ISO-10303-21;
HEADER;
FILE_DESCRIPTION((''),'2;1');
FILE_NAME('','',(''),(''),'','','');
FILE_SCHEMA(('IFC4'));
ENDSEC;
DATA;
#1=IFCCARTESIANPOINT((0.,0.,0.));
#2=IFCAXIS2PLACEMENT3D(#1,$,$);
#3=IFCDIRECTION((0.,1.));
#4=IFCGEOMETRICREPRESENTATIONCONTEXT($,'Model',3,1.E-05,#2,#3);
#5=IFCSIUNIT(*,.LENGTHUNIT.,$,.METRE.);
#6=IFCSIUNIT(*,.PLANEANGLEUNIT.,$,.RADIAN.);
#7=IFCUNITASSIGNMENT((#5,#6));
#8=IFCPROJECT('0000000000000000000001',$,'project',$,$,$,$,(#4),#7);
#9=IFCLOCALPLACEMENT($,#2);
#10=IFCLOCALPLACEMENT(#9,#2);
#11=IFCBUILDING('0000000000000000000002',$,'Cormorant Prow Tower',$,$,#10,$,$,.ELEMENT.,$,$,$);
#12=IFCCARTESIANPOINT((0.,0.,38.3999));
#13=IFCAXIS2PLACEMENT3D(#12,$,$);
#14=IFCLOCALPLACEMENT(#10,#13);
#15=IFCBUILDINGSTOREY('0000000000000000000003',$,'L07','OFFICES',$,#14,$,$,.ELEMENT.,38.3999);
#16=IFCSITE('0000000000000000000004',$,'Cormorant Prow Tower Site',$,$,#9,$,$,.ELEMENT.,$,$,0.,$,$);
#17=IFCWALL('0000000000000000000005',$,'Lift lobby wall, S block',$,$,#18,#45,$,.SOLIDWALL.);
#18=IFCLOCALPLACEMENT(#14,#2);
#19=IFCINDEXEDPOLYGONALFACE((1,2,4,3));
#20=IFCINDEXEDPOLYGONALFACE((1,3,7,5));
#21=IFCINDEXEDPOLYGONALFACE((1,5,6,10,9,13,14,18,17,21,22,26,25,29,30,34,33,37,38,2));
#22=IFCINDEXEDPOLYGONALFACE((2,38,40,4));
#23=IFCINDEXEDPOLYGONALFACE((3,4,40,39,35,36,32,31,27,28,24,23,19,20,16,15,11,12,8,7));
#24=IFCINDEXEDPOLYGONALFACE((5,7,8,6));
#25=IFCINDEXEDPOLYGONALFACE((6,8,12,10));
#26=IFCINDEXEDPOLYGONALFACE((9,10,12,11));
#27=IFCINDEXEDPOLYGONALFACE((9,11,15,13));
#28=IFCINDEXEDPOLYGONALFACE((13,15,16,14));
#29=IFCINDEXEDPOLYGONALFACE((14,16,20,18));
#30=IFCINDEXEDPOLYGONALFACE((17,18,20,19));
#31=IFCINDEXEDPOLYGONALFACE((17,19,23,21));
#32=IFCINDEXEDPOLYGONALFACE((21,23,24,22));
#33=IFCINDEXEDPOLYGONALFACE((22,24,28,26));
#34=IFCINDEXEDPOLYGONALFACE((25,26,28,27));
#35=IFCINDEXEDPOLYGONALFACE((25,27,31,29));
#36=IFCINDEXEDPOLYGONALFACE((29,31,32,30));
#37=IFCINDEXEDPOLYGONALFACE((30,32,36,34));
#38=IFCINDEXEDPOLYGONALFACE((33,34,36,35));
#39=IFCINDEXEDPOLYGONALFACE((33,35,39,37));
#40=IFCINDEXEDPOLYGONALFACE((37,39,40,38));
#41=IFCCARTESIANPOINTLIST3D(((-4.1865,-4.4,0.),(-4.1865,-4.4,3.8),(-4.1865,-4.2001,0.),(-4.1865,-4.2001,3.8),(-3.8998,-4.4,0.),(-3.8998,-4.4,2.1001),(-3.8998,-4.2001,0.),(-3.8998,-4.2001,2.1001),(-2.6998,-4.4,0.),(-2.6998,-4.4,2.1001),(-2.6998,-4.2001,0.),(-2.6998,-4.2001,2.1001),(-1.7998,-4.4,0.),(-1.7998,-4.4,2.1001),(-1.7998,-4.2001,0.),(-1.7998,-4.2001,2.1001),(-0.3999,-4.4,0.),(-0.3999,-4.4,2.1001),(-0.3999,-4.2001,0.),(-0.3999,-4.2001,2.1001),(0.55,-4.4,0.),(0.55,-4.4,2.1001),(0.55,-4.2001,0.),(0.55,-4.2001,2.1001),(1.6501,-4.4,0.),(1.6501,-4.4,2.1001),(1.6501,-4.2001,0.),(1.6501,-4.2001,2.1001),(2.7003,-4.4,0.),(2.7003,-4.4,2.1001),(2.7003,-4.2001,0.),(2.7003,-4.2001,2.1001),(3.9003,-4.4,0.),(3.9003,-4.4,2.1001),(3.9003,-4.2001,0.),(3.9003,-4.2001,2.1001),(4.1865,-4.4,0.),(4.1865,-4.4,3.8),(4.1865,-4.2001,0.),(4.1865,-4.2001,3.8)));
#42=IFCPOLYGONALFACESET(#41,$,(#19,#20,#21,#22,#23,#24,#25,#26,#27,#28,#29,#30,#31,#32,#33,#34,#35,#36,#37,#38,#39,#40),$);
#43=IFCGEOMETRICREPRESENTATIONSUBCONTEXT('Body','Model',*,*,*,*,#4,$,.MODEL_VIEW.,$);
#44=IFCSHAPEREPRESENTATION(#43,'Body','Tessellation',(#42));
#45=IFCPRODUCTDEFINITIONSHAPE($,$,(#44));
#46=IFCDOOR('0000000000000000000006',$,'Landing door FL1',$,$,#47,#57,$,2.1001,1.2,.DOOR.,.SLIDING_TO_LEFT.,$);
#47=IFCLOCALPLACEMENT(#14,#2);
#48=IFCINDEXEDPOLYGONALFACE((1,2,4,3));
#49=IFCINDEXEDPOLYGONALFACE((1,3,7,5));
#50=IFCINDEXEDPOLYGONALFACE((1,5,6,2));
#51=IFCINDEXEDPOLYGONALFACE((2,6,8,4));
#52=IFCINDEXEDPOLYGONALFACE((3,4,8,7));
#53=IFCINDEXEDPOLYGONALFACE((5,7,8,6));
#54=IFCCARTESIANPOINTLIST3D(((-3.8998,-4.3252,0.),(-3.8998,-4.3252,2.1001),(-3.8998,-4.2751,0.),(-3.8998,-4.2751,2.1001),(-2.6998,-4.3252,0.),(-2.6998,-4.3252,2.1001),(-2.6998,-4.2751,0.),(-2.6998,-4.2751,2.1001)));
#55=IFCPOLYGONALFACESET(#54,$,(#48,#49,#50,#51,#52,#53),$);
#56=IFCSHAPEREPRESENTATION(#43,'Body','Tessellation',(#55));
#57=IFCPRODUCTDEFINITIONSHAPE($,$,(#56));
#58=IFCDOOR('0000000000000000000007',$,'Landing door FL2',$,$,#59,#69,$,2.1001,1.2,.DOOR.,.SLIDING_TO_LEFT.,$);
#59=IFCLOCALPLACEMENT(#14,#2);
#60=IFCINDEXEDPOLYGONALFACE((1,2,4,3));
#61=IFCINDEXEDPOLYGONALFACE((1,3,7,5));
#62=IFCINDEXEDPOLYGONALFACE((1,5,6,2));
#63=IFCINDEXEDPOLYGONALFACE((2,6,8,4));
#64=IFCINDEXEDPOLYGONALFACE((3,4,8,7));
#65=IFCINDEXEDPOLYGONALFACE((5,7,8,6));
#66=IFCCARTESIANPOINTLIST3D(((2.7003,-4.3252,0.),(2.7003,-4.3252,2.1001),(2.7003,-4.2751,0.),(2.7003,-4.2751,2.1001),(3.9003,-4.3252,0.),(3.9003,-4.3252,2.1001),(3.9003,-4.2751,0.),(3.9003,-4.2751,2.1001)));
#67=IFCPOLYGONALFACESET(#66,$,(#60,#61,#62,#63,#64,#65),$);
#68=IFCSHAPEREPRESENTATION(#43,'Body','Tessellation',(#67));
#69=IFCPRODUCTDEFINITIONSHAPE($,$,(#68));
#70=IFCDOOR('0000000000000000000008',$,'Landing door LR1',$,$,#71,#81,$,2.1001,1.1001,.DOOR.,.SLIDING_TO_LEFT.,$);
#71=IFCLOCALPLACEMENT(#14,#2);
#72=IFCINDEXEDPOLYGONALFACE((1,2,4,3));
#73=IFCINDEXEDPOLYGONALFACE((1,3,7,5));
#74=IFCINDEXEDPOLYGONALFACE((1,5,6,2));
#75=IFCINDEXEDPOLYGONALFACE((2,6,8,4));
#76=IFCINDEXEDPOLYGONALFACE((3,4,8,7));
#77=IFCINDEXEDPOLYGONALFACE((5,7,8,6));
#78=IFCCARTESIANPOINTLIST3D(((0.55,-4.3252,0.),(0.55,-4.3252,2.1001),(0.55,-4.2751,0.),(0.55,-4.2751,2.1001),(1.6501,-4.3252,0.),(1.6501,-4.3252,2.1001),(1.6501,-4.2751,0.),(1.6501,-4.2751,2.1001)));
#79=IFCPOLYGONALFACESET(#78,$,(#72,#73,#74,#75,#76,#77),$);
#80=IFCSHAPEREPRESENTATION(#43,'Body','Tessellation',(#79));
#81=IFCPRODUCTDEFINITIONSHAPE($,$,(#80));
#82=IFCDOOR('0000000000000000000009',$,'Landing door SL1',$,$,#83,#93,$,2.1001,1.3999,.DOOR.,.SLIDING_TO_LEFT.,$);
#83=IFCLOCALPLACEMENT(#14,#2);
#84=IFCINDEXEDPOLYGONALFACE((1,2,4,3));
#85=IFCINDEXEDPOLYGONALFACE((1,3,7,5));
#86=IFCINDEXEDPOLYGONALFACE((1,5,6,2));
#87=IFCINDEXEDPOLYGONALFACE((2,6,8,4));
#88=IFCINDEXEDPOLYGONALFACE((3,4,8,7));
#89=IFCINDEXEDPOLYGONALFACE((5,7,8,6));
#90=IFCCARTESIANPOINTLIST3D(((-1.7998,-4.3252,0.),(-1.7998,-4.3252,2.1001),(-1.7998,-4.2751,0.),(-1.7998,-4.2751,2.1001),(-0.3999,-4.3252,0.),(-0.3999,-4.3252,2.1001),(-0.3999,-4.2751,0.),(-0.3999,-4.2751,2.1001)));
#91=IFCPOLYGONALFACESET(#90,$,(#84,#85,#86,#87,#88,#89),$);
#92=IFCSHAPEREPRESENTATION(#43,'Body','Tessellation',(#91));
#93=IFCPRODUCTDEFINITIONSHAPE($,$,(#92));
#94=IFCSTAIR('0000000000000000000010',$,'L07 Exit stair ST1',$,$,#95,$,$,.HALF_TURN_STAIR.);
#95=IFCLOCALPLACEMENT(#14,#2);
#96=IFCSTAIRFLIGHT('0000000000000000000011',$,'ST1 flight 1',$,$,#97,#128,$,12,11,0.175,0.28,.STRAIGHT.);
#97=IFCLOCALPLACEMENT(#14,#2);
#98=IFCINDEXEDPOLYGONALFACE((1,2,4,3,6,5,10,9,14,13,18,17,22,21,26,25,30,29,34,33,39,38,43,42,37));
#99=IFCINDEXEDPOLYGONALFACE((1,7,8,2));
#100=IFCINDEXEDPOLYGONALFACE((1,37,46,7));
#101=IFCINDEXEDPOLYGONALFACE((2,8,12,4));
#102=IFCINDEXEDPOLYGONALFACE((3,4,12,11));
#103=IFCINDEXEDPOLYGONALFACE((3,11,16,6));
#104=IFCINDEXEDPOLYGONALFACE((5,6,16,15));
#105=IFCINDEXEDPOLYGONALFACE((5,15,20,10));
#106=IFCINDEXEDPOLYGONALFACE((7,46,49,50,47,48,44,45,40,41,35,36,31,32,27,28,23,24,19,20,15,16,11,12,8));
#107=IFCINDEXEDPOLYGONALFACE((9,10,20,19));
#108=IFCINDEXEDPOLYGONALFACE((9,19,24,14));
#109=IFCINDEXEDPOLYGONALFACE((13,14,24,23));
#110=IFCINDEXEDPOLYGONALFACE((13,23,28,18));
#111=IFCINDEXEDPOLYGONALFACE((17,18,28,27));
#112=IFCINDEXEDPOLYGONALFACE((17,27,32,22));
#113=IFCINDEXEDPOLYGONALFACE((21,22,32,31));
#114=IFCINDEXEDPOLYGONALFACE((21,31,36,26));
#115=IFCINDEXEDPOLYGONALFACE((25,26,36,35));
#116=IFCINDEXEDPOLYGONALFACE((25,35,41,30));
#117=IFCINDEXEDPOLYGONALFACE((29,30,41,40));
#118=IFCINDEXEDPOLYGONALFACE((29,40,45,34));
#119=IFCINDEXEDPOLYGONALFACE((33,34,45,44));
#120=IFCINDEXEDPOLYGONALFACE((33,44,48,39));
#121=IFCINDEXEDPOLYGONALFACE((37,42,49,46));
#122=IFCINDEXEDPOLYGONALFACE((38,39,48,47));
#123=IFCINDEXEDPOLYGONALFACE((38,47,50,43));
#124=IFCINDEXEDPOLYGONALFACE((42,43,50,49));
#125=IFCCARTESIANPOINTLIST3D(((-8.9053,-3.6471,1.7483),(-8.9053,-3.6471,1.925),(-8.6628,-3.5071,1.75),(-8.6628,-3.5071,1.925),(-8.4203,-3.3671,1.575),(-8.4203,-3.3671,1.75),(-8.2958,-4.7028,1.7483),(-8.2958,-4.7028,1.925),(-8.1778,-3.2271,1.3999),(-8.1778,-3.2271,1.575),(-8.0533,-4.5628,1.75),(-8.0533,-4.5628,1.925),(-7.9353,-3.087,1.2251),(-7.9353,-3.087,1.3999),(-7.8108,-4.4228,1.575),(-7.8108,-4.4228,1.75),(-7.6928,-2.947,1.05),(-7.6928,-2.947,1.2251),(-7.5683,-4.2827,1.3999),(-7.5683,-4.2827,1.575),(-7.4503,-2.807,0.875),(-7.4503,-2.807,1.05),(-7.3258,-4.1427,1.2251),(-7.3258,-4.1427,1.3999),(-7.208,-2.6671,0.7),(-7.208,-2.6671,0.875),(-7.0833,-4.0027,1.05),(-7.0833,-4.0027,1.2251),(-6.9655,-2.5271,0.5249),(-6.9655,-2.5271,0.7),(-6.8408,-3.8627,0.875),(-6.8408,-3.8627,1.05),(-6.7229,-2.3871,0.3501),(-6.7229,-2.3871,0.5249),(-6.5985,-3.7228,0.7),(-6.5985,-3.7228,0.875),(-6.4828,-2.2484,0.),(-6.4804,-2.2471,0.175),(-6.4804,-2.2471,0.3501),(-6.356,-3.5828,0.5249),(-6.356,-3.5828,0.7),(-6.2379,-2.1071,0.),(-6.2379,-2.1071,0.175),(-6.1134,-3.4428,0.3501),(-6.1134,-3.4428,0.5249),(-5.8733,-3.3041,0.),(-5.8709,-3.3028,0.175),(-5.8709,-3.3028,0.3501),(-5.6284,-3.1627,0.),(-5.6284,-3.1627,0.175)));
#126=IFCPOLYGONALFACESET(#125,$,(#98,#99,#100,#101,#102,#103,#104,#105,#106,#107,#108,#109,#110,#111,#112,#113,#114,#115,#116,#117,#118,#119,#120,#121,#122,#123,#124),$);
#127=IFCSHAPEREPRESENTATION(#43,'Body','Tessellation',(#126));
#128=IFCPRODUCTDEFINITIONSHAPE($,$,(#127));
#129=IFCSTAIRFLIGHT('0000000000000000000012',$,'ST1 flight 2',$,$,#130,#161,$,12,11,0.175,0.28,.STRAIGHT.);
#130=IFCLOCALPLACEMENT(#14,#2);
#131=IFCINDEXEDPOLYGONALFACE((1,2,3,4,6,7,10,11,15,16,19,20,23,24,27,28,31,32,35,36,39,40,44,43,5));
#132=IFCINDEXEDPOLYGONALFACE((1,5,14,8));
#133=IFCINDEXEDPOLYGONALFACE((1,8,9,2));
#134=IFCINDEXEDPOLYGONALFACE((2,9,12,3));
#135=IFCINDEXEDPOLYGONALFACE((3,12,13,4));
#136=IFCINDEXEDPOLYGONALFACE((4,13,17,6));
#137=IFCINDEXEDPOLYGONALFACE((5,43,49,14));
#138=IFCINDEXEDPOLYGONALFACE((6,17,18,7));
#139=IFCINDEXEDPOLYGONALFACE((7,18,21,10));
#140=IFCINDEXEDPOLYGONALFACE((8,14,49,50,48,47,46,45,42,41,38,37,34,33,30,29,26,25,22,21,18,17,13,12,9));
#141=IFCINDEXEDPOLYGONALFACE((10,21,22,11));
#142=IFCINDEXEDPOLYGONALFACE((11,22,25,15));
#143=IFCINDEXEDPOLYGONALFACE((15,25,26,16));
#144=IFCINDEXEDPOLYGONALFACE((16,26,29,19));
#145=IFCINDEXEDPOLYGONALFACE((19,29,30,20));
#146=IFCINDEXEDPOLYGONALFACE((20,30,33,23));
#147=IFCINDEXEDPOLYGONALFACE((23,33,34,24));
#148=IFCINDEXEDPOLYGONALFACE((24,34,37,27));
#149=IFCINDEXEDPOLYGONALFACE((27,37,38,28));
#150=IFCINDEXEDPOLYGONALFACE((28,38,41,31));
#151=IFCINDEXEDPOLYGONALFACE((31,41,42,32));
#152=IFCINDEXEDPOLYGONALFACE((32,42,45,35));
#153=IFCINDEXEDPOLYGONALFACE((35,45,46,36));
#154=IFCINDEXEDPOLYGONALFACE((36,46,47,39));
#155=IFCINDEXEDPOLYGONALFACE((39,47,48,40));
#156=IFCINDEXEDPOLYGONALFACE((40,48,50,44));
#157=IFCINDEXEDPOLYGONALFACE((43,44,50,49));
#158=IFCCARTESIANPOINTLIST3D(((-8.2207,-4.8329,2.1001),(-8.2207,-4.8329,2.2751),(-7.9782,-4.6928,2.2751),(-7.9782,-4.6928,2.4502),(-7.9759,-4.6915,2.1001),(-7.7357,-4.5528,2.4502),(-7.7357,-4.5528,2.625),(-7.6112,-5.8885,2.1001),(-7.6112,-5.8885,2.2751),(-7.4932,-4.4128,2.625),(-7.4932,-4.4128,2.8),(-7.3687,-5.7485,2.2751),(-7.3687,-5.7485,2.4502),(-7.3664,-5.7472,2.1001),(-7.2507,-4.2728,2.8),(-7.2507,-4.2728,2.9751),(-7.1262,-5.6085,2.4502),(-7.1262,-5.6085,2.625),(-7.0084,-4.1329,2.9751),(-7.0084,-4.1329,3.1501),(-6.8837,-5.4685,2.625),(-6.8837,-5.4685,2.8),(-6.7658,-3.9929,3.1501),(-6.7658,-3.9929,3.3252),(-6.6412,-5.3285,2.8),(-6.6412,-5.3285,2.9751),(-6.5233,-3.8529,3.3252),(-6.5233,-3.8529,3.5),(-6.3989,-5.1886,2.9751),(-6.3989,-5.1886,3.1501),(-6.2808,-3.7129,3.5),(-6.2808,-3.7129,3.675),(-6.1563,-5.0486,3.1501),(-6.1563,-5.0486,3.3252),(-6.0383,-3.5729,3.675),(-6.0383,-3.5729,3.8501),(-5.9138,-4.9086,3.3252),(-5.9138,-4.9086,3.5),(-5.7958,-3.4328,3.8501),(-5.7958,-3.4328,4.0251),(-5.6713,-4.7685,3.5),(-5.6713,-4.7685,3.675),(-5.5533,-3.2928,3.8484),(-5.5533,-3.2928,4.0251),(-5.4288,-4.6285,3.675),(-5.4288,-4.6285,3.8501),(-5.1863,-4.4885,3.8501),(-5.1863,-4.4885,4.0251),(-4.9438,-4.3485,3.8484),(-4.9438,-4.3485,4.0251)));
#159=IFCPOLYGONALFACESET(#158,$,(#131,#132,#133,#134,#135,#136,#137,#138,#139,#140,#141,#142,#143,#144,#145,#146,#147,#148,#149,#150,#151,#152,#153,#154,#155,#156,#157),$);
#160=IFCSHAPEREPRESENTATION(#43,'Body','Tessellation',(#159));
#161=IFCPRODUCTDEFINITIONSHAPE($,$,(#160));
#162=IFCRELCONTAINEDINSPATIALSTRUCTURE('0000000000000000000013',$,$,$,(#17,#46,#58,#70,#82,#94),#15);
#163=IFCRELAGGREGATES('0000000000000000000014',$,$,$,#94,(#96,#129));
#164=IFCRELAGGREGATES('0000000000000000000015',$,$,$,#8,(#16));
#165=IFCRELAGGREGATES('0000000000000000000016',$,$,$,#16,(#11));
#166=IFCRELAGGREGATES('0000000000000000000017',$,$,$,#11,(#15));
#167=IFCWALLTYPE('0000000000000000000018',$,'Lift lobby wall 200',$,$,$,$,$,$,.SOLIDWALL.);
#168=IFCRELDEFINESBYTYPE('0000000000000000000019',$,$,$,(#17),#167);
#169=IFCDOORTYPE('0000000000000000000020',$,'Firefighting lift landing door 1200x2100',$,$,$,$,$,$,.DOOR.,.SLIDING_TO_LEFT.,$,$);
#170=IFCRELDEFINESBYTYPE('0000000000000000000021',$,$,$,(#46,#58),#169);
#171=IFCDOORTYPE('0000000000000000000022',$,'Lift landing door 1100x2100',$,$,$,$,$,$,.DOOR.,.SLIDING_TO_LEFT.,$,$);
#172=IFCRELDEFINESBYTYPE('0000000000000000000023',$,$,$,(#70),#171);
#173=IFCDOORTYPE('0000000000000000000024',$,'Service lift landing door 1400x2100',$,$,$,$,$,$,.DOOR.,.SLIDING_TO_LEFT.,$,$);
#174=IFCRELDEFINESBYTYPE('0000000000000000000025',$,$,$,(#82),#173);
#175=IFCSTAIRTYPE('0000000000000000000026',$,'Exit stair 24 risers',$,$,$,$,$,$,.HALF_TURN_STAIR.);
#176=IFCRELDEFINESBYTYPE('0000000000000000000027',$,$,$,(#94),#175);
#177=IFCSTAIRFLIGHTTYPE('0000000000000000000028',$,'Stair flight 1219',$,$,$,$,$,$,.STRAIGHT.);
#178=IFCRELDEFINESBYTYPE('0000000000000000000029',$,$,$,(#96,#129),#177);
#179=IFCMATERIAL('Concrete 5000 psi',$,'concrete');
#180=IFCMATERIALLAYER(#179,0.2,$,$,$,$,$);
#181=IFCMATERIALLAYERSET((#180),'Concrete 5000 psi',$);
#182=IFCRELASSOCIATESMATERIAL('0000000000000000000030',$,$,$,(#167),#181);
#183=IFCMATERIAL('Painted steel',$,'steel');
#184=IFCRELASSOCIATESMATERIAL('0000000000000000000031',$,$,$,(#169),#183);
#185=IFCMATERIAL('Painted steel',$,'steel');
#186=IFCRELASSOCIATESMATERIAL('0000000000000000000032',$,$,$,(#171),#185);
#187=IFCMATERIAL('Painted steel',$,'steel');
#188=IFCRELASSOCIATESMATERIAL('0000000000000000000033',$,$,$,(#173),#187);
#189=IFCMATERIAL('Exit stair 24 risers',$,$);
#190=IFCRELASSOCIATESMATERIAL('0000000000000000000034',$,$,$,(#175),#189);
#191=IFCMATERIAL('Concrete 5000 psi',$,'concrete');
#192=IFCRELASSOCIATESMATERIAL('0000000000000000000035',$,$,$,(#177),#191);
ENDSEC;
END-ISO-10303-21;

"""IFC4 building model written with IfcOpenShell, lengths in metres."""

from ifc_helpers import new_model, si_unit, direction, frame, frame_2d, origin, place, context, subcontext, project, spatial, polyline, rectangle, outline, extrude, material, layer, layer_set, type_object, element, fill, aggregate, save


model = new_model("IFC4")

# Units and contexts
model_context = context("Model", 3, precision=1e-05, world=origin(), true_north=direction((0.0, 1.0)))
body_context = subcontext(model_context, "Body", "Model", "MODEL_VIEW")
ifc_project = project(units=[si_unit("LENGTHUNIT", "METRE"), si_unit("PLANEANGLEUNIT", "RADIAN")], contexts=[model_context])

# Site, building, storey
site_placement = place(None, origin())
site = spatial("IfcSite", under=ifc_project, at=site_placement, Name="Cormorant Prow Tower Site", CompositionType="ELEMENT", RefElevation=0.0)
building_placement = place(site_placement, origin())
building = spatial("IfcBuilding", under=site, at=building_placement, Name="Cormorant Prow Tower", CompositionType="ELEMENT")
storey_placement = place(building_placement, frame((0.0, 0.0, 38.3999)))
storey = spatial("IfcBuildingStorey", under=building, at=storey_placement, Name="L07", Description="OFFICES", CompositionType="ELEMENT", Elevation=38.3999)

# Wall, openings, doors
ifc_material_1 = material(Name="Concrete 5000 psi", Category="concrete")
ifc_layer_1 = layer(ifc_material_1, 0.2)
ifc_layer_set_1 = layer_set([ifc_layer_1], Name="Concrete 5000 psi")
wall_type_1 = type_object("IfcWallType", Name="Lift lobby wall 200", PredefinedType="SOLIDWALL", material=ifc_layer_set_1)
wall_1_placement = place(storey_placement, frame((-4.1865, -4.3, 0.0), z_axis=(0.0, 0.0, 1.0), x_axis=(1.0, 0.0, 0.0)))
wall_1 = element("IfcWall", 1, at=wall_1_placement, inside=storey, type_object=wall_type_1, Name="Lift lobby wall, S block", PredefinedType="SOLIDWALL", context=body_context, shape_type="SweptSolid", body=[
    extrude(rectangle(XDim=8.373, YDim=0.2, at=frame_2d((4.1865, 0.0))), origin(), (0.0, 0.0, 1.0), 3.8),
])
opening_1_placement = place(wall_1_placement, frame((0.2866, 0.0, 0.0)))
opening_1 = element("IfcOpeningElement", 2, at=opening_1_placement, cuts=wall_1, PredefinedType="OPENING", context=body_context, shape_type="SweptSolid", body=[
    extrude(rectangle(XDim=1.2, YDim=2.1001, at=frame_2d((0.6001, 1.05))), frame((0.0, 0.1099, 0.0), z_axis=(0.0, -1.0, 0.0), x_axis=(1.0, 0.0, 0.0)), (0.0, 0.0, 1.0), 0.22),
])
opening_2_placement = place(wall_1_placement, frame((2.3867, 0.0, 0.0)))
opening_2 = element("IfcOpeningElement", 3, at=opening_2_placement, cuts=wall_1, PredefinedType="OPENING", context=body_context, shape_type="SweptSolid", body=[
    extrude(rectangle(XDim=1.3999, YDim=2.1001, at=frame_2d((0.7, 1.05))), frame((0.0, 0.1099, 0.0), z_axis=(0.0, -1.0, 0.0), x_axis=(1.0, 0.0, 0.0)), (0.0, 0.0, 1.0), 0.22),
])
opening_3_placement = place(wall_1_placement, frame((4.7366, 0.0, 0.0)))
opening_3 = element("IfcOpeningElement", 4, at=opening_3_placement, cuts=wall_1, PredefinedType="OPENING", context=body_context, shape_type="SweptSolid", body=[
    extrude(rectangle(XDim=1.1001, YDim=2.1001, at=frame_2d((0.55, 1.05))), frame((0.0, 0.1099, 0.0), z_axis=(0.0, -1.0, 0.0), x_axis=(1.0, 0.0, 0.0)), (0.0, 0.0, 1.0), 0.22),
])
opening_4_placement = place(wall_1_placement, frame((6.8867, 0.0, 0.0)))
opening_4 = element("IfcOpeningElement", 5, at=opening_4_placement, cuts=wall_1, PredefinedType="OPENING", context=body_context, shape_type="SweptSolid", body=[
    extrude(rectangle(XDim=1.2, YDim=2.1001, at=frame_2d((0.6001, 1.05))), frame((0.0, 0.1099, 0.0), z_axis=(0.0, -1.0, 0.0), x_axis=(1.0, 0.0, 0.0)), (0.0, 0.0, 1.0), 0.22),
])
ifc_material_2 = material(Name="Painted steel", Category="steel")
door_type_1 = type_object("IfcDoorType", Name="Firefighting lift landing door 1200x2100", OperationType="SLIDING_TO_LEFT", PredefinedType="DOOR", material=ifc_material_2)
door_1_placement = place(opening_1_placement, origin())
door_1 = element("IfcDoor", 6, at=door_1_placement, inside=storey, type_object=door_type_1, Name="Landing door FL1", OperationType="SLIDING_TO_LEFT", OverallHeight=2.1001, OverallWidth=1.2, PredefinedType="DOOR", context=body_context, shape_type="SweptSolid", body=[
    extrude(rectangle(XDim=1.2, YDim=2.1001, at=frame_2d((0.6001, 1.05))), frame((0.0, 0.0249, 0.0), z_axis=(0.0, -1.0, 0.0), x_axis=(1.0, 0.0, 0.0)), (0.0, 0.0, 1.0), 0.05),
])
fill(opening_1, door_1)
door_2_placement = place(opening_4_placement, origin())
door_2 = element("IfcDoor", 7, at=door_2_placement, inside=storey, type_object=door_type_1, Name="Landing door FL2", OperationType="SLIDING_TO_LEFT", OverallHeight=2.1001, OverallWidth=1.2, PredefinedType="DOOR", context=body_context, shape_type="SweptSolid", body=[
    extrude(rectangle(XDim=1.2, YDim=2.1001, at=frame_2d((0.6001, 1.05))), frame((0.0, 0.0249, 0.0), z_axis=(0.0, -1.0, 0.0), x_axis=(1.0, 0.0, 0.0)), (0.0, 0.0, 1.0), 0.05),
])
fill(opening_4, door_2)
ifc_material_3 = material(Name="Painted steel", Category="steel")
door_type_2 = type_object("IfcDoorType", Name="Lift landing door 1100x2100", OperationType="SLIDING_TO_LEFT", PredefinedType="DOOR", material=ifc_material_3)
door_3_placement = place(opening_3_placement, origin())
door_3 = element("IfcDoor", 8, at=door_3_placement, inside=storey, type_object=door_type_2, Name="Landing door LR1", OperationType="SLIDING_TO_LEFT", OverallHeight=2.1001, OverallWidth=1.1001, PredefinedType="DOOR", context=body_context, shape_type="SweptSolid", body=[
    extrude(rectangle(XDim=1.1001, YDim=2.1001, at=frame_2d((0.55, 1.05))), frame((0.0, 0.0249, 0.0), z_axis=(0.0, -1.0, 0.0), x_axis=(1.0, 0.0, 0.0)), (0.0, 0.0, 1.0), 0.05),
])
fill(opening_3, door_3)
ifc_material_4 = material(Name="Painted steel", Category="steel")
door_type_3 = type_object("IfcDoorType", Name="Service lift landing door 1400x2100", OperationType="SLIDING_TO_LEFT", PredefinedType="DOOR", material=ifc_material_4)
door_4_placement = place(opening_2_placement, origin())
door_4 = element("IfcDoor", 9, at=door_4_placement, inside=storey, type_object=door_type_3, Name="Landing door SL1", OperationType="SLIDING_TO_LEFT", OverallHeight=2.1001, OverallWidth=1.3999, PredefinedType="DOOR", context=body_context, shape_type="SweptSolid", body=[
    extrude(rectangle(XDim=1.3999, YDim=2.1001, at=frame_2d((0.7, 1.05))), frame((0.0, 0.0249, 0.0), z_axis=(0.0, -1.0, 0.0), x_axis=(1.0, 0.0, 0.0)), (0.0, 0.0, 1.0), 0.05),
])
fill(opening_2, door_4)

# Stair, stair flights
ifc_material_5 = material(Name="Exit stair 24 risers")
stair_type = type_object("IfcStairType", Name="Exit stair 24 risers", PredefinedType="HALF_TURN_STAIR", material=ifc_material_5)
stair_placement = place(storey_placement, origin())
stair = element("IfcStair", 10, at=stair_placement, inside=storey, type_object=stair_type, Name="L07 Exit stair ST1", PredefinedType="HALF_TURN_STAIR")
ifc_material_6 = material(Name="Concrete 5000 psi", Category="concrete")
stair_flight_type = type_object("IfcStairFlightType", Name="Stair flight 1219", PredefinedType="STRAIGHT", material=ifc_material_6)
stair_flight_1_placement = place(storey_placement, frame((-5.9331, -2.635, 0.0), z_axis=(0.0, 0.0, 1.0), x_axis=(-0.866025, -0.5, 0.0)))
stair_flight_1 = element("IfcStairFlight", 11, at=stair_flight_1_placement, type_object=stair_flight_type, Name="ST1 flight 1", NumberOfRisers=12, NumberOfTreads=11, PredefinedType="STRAIGHT", RiserHeight=0.175, TreadLength=0.28, context=body_context, shape_type="SweptSolid", body=[
    extrude(outline(polyline([(0.0, 0.0), (0.0, 0.175), (0.28, 0.175), (0.28, 0.3501), (0.5601, 0.3501), (0.5601, 0.5249), (0.8401, 0.5249), (0.8401, 0.7), (1.1201, 0.7), (1.1201, 0.875), (1.3999, 0.875), (1.3999, 1.05), (1.6799, 1.05), (1.6799, 1.2251), (1.96, 1.2251), (1.96, 1.3999), (2.24, 1.3999), (2.24, 1.575), (2.52, 1.575), (2.52, 1.75), (2.8, 1.75), (2.8, 1.925), (3.0801, 1.925), (3.0801, 2.1001), (3.0801, 1.7483), (0.2827, 0.0), (0.0, 0.0)])), frame((0.0, 0.6094, 0.0), z_axis=(0.0, -1.0, 0.0), x_axis=(1.0, 0.0, 0.0)), (0.0, 0.0, 1.0), 1.219),
])
stair_flight_2_placement = place(storey_placement, frame((-7.916, -5.3606, 2.1001), z_axis=(0.0, 0.0, 1.0), x_axis=(0.866025, 0.5, 0.0)))
stair_flight_2 = element("IfcStairFlight", 12, at=stair_flight_2_placement, type_object=stair_flight_type, Name="ST1 flight 2", NumberOfRisers=12, NumberOfTreads=11, PredefinedType="STRAIGHT", RiserHeight=0.175, TreadLength=0.28, context=body_context, shape_type="SweptSolid", body=[
    extrude(outline(polyline([(0.0, 0.0), (0.0, 0.175), (0.28, 0.175), (0.28, 0.3501), (0.5601, 0.3501), (0.5601, 0.5249), (0.8401, 0.5249), (0.8401, 0.7), (1.1201, 0.7), (1.1201, 0.875), (1.3999, 0.875), (1.3999, 1.05), (1.6799, 1.05), (1.6799, 1.2251), (1.96, 1.2251), (1.96, 1.3999), (2.24, 1.3999), (2.24, 1.575), (2.52, 1.575), (2.52, 1.75), (2.8, 1.75), (2.8, 1.925), (3.0801, 1.925), (3.0801, 2.1001), (3.0801, 1.7483), (0.2827, 0.0), (0.0, 0.0)])), frame((0.0, 0.6094, 0.0), z_axis=(0.0, -1.0, 0.0), x_axis=(1.0, 0.0, 0.0)), (0.0, 0.0, 1.0), 1.219),
])
aggregate(stair, [stair_flight_1, stair_flight_2])

save(model, "model.ifc")
